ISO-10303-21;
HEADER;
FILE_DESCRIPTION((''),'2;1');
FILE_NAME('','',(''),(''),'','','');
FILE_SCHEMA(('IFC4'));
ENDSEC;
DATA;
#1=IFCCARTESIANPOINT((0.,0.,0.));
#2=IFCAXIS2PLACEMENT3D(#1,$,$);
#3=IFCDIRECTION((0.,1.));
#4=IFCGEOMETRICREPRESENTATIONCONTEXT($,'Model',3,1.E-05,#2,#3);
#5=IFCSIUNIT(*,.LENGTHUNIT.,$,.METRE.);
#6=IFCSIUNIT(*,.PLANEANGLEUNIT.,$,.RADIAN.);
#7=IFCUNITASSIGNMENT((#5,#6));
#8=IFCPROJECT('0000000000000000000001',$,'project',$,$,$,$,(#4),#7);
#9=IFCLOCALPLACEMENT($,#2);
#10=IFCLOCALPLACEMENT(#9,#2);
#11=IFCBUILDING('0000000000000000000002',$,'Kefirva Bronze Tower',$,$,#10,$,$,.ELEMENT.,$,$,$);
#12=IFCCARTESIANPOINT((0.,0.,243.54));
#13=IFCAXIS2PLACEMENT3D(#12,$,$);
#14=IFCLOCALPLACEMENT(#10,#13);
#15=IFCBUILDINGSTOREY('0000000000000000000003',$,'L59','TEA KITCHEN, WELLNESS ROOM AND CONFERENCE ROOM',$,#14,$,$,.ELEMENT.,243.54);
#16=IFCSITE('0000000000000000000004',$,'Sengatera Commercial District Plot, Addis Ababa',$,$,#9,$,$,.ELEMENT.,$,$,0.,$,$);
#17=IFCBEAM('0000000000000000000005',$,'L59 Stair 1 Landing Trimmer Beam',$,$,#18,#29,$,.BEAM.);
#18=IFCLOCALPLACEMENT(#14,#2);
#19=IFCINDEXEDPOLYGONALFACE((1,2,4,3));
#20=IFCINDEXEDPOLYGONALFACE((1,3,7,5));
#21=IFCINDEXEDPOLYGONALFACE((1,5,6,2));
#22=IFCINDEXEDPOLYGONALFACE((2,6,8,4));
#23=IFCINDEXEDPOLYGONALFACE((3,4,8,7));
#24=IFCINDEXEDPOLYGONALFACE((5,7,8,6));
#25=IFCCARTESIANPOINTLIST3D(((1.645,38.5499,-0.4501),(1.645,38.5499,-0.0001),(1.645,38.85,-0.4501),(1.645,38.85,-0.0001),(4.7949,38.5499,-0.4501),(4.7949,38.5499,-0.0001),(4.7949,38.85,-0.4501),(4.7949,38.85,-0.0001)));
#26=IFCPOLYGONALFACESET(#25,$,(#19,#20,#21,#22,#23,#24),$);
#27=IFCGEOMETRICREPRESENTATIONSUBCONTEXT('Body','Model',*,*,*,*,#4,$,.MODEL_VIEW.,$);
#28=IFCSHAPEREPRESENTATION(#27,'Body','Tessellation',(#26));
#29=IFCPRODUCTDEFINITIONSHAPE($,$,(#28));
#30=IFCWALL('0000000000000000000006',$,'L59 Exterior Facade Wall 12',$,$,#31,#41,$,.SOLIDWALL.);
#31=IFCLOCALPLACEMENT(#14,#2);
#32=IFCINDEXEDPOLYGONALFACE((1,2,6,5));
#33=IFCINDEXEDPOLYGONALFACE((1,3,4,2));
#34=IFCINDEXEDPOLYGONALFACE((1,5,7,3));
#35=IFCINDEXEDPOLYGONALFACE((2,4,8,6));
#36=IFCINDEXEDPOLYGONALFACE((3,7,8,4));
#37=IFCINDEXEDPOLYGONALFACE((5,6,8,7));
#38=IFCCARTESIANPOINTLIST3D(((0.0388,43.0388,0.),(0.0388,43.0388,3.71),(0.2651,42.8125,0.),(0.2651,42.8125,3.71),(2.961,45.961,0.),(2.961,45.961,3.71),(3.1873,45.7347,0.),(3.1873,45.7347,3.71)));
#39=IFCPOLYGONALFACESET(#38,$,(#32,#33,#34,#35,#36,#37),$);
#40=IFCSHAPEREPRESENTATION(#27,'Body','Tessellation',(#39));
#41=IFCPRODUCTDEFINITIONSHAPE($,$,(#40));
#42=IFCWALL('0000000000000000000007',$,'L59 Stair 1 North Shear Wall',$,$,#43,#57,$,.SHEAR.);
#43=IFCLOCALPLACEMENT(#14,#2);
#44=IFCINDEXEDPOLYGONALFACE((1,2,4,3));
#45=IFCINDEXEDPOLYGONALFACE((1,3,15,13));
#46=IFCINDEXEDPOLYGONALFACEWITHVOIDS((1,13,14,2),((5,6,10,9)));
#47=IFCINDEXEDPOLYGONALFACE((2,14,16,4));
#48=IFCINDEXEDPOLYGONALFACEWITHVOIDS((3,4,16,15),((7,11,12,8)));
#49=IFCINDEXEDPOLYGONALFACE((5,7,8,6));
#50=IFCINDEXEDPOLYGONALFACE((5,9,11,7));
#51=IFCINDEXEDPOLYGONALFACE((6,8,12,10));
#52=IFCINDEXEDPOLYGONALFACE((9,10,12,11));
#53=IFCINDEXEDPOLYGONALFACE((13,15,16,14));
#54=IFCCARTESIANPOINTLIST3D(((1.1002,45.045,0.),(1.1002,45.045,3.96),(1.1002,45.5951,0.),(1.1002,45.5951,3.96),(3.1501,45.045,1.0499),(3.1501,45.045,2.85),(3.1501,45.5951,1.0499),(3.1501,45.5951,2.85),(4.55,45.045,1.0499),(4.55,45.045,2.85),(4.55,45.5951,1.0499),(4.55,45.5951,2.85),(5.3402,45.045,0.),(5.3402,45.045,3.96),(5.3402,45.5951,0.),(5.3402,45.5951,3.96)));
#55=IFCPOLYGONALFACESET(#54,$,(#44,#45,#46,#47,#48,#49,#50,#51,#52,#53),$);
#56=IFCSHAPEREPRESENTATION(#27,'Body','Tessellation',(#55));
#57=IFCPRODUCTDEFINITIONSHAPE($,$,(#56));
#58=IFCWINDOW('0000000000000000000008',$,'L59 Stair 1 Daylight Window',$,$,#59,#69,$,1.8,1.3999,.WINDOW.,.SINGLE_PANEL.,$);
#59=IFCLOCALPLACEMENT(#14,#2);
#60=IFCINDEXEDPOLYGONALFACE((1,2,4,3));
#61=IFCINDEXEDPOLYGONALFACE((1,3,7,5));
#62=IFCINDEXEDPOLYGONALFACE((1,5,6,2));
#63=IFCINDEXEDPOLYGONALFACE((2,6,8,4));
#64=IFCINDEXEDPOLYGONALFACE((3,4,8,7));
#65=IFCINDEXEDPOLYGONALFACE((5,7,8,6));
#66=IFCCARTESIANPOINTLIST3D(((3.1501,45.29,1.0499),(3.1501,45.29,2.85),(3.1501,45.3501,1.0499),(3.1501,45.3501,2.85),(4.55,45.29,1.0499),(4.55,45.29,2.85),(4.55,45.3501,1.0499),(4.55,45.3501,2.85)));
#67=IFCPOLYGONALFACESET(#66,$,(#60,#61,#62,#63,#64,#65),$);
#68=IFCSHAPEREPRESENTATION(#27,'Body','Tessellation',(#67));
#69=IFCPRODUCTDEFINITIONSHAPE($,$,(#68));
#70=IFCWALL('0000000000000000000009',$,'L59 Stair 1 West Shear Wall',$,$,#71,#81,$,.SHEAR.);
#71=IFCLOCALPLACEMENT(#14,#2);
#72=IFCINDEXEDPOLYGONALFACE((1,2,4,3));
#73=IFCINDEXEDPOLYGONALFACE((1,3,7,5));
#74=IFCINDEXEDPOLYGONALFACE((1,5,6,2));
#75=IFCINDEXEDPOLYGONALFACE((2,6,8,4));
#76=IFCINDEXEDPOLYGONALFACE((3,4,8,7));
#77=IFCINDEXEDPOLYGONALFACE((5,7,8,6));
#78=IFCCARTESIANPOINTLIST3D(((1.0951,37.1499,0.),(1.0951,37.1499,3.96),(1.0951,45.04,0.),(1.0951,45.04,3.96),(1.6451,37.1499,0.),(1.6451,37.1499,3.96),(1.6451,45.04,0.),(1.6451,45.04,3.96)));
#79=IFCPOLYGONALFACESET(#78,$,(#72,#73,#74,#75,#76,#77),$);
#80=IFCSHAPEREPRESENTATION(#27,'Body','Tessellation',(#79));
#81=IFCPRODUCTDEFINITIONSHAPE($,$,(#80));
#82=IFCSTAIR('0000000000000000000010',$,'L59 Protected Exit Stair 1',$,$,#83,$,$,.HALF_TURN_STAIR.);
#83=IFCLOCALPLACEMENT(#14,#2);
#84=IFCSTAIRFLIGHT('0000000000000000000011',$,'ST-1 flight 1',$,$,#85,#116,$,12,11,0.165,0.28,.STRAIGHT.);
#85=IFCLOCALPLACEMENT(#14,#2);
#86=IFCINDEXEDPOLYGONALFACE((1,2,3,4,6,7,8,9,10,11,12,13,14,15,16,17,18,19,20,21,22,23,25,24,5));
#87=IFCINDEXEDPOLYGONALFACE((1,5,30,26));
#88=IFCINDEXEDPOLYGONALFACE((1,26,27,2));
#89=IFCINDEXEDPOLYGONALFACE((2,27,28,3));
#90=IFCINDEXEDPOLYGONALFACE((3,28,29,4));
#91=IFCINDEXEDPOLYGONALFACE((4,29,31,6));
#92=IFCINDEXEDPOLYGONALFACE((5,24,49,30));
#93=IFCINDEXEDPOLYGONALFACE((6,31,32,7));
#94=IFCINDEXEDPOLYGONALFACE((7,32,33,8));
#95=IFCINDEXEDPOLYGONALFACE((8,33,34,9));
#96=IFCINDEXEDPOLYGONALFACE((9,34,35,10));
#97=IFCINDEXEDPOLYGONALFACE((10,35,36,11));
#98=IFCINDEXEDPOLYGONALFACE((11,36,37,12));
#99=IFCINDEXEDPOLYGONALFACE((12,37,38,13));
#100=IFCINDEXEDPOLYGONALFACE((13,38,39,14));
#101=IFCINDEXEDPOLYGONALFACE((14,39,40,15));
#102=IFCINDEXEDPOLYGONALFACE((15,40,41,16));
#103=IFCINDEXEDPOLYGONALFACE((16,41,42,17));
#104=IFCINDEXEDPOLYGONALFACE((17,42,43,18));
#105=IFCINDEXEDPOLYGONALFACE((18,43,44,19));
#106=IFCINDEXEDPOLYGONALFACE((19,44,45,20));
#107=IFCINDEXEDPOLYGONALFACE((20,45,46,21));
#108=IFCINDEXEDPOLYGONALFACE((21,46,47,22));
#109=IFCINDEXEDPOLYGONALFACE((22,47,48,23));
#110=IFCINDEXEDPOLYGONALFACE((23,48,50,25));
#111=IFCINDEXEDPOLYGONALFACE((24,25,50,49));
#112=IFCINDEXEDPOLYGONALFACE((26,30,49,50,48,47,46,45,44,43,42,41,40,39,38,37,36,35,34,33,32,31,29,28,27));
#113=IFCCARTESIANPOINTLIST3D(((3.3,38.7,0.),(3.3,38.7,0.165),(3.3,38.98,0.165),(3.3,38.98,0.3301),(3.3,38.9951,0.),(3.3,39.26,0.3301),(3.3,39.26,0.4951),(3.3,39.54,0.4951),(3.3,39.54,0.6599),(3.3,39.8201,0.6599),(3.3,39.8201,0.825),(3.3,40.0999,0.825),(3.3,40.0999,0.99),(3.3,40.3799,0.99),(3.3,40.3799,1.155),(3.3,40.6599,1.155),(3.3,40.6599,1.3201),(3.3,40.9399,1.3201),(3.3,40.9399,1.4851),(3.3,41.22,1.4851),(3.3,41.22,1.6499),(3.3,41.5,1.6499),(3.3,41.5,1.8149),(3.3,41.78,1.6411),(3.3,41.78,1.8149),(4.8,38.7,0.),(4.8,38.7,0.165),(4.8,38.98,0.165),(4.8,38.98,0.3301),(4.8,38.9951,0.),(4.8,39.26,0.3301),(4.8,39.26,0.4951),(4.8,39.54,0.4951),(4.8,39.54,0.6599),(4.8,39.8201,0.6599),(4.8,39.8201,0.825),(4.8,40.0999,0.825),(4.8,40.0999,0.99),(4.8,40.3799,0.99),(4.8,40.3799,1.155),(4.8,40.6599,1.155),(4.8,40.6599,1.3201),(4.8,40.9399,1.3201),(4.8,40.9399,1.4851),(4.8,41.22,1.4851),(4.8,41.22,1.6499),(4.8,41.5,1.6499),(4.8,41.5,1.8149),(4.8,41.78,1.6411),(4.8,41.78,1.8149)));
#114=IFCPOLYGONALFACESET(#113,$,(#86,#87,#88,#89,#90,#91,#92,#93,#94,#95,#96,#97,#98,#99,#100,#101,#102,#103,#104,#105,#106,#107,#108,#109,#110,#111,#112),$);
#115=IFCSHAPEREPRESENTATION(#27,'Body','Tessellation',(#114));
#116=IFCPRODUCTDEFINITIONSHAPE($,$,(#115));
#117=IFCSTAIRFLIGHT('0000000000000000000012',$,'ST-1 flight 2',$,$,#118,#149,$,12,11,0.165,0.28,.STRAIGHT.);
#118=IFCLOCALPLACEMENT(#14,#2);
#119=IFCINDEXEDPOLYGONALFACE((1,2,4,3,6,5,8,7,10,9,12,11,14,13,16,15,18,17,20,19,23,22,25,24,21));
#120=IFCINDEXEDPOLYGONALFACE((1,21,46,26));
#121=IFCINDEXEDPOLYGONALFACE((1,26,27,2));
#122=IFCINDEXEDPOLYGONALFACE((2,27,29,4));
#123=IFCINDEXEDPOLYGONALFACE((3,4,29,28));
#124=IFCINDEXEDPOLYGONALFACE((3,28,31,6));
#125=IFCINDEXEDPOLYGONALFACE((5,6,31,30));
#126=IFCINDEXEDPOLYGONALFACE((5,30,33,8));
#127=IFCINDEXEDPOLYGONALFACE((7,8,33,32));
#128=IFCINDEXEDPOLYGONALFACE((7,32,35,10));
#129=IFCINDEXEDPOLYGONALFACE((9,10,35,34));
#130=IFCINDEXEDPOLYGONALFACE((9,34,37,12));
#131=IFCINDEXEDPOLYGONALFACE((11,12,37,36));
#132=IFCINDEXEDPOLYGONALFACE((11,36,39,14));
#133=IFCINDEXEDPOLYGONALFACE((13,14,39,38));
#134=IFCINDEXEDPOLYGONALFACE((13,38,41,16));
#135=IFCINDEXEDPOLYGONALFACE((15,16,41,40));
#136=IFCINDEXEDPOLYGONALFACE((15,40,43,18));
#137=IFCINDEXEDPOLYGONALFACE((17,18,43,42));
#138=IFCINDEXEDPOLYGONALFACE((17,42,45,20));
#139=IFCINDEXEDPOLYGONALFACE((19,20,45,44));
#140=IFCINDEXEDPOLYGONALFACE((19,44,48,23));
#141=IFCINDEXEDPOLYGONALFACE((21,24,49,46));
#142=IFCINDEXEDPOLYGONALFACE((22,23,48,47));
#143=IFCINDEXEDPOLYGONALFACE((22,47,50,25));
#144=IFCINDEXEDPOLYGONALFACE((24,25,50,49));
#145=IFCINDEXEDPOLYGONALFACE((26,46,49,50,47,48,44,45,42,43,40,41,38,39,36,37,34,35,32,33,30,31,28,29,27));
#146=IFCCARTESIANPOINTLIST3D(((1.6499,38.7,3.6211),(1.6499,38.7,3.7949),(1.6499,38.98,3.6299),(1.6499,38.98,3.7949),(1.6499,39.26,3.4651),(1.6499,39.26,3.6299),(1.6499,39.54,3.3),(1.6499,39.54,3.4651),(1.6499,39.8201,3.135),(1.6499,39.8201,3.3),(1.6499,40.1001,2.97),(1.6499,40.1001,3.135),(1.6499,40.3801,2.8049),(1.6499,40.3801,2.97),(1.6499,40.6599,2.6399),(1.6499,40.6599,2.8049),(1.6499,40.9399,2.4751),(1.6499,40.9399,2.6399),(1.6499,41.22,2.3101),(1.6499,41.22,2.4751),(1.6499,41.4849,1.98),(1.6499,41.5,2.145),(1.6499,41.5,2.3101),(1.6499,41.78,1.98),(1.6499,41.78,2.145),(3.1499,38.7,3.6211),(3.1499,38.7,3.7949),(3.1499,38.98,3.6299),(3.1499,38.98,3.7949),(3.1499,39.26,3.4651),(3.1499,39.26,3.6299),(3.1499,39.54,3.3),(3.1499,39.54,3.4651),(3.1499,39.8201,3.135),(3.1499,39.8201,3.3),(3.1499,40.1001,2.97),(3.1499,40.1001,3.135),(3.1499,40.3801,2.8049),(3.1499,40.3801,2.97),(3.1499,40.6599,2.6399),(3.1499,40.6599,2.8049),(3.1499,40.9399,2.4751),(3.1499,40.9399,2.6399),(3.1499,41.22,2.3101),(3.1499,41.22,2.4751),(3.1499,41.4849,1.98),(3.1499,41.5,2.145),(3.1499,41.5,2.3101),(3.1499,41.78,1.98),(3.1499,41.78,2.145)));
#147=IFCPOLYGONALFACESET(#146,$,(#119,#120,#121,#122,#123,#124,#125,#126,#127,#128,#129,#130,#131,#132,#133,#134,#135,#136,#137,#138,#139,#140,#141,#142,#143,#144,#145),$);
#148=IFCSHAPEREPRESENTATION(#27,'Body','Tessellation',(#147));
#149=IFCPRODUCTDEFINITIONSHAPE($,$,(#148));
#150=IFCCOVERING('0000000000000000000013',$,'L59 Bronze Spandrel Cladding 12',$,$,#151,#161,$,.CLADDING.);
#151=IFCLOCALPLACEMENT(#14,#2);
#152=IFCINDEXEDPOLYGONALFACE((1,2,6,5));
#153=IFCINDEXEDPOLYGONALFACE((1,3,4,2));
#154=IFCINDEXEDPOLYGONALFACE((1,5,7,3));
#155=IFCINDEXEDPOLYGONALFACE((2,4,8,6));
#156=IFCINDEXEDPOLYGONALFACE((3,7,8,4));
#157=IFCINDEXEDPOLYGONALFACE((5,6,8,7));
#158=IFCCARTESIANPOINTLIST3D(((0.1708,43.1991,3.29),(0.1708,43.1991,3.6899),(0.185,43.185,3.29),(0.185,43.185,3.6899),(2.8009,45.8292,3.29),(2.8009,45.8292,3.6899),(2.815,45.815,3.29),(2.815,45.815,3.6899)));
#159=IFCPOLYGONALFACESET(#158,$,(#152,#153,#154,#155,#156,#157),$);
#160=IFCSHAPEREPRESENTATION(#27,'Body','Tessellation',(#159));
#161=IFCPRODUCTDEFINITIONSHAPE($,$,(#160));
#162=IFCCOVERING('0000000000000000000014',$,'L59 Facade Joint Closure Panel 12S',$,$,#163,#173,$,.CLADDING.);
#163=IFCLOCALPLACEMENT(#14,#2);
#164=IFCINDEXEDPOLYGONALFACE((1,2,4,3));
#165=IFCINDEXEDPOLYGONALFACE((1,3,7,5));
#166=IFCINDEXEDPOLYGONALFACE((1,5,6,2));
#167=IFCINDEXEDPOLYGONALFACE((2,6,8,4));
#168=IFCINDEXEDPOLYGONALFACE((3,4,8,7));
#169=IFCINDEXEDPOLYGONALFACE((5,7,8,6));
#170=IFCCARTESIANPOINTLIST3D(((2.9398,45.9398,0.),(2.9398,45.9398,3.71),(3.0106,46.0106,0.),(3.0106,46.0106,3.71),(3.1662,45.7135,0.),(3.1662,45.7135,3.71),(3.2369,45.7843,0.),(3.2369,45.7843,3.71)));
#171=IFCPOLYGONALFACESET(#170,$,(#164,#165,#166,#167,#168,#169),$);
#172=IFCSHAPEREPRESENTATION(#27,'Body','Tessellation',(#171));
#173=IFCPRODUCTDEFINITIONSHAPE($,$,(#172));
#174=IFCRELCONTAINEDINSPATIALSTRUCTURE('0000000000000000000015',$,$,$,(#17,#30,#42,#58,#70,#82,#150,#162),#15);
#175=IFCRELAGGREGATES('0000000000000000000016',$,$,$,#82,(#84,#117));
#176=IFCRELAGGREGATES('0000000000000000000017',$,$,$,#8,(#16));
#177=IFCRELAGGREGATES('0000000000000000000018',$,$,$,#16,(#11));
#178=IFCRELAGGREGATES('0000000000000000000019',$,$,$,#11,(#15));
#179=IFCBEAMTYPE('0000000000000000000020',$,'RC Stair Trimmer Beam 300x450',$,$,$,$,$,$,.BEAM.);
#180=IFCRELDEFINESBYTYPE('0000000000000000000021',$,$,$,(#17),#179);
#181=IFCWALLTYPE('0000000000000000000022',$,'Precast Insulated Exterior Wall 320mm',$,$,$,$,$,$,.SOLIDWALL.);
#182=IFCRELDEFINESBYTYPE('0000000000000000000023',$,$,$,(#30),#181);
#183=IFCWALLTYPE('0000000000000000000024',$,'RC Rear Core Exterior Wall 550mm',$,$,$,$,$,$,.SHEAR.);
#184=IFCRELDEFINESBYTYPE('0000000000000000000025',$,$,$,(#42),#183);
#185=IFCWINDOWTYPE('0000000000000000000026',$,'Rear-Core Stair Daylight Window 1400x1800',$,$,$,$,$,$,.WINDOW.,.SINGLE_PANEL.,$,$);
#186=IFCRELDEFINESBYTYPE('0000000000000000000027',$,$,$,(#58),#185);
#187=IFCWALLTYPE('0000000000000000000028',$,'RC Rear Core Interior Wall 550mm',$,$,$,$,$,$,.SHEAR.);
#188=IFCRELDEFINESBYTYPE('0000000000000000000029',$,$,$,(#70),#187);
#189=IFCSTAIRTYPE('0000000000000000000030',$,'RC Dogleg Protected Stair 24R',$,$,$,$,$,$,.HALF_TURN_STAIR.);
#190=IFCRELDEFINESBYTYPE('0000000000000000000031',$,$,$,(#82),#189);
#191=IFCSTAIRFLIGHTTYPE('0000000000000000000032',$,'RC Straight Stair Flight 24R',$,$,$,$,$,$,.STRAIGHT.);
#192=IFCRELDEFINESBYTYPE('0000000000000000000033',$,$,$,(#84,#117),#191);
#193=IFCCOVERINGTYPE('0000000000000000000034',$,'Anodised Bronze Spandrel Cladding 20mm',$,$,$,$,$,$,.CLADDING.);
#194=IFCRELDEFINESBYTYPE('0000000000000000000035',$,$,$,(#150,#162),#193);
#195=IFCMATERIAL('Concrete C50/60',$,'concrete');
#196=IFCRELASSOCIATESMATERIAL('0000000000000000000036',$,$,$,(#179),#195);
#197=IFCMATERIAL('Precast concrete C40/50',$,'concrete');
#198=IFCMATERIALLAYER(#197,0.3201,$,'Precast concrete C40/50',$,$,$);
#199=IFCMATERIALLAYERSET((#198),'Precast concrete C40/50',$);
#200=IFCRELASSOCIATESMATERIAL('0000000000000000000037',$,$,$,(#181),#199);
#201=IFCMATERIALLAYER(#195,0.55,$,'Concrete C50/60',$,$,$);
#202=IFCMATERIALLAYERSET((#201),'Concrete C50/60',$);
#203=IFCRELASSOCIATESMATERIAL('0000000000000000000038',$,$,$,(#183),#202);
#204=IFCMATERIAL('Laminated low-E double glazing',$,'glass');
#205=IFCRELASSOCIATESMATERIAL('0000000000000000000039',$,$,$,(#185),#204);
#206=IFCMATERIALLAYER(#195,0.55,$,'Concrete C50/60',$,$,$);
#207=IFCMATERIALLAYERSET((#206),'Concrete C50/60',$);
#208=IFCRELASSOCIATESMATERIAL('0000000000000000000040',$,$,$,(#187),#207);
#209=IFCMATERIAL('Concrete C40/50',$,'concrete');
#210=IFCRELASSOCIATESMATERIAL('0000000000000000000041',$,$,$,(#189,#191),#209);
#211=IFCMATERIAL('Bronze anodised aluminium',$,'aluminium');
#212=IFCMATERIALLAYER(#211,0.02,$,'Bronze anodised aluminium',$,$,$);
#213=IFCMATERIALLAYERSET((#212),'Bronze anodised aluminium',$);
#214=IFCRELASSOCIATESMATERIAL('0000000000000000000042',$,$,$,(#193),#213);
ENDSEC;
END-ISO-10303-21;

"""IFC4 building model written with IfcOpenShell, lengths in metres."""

from ifc_helpers import new_model, si_unit, direction, frame, frame_2d, origin, origin_2d, place, context, subcontext, project, spatial, polyline, rectangle, outline, extrude, material, layer, layer_set, material_profile, profile_set, type_object, element, fill, aggregate, save


model = new_model("IFC4")

# Units and contexts
model_context = context("Model", 3, precision=1e-05, world=origin(), true_north=direction((0.0, 1.0)))
body_context = subcontext(model_context, "Body", "Model", "MODEL_VIEW")
ifc_project = project(units=[si_unit("LENGTHUNIT", "METRE"), si_unit("PLANEANGLEUNIT", "RADIAN")], contexts=[model_context])

# Site, building, storey
site_placement = place(None, origin())
site = spatial("IfcSite", under=ifc_project, at=site_placement, Name="Sengatera Commercial District Plot, Addis Ababa", CompositionType="ELEMENT", RefElevation=0.0)
building_placement = place(site_placement, origin())
building = spatial("IfcBuilding", under=site, at=building_placement, Name="Kefirva Bronze Tower", CompositionType="ELEMENT")
storey_placement = place(building_placement, frame((0.0, 0.0, 243.54)))
storey = spatial("IfcBuildingStorey", under=building, at=storey_placement, Name="L59", Description="TEA KITCHEN, WELLNESS ROOM AND CONFERENCE ROOM", CompositionType="ELEMENT", Elevation=243.54)

# Beam
ifc_material_1 = material(Name="Concrete C50/60", Category="concrete")
ifc_material_profile = material_profile(ifc_material_1, rectangle(XDim=0.3, YDim=0.45, at=origin_2d()), Name="RC 300x450")
ifc_profile_set = profile_set([ifc_material_profile], Name="Concrete C50/60")
beam_type = type_object("IfcBeamType", Name="RC Stair Trimmer Beam 300x450", PredefinedType="BEAM", material=ifc_profile_set)
beam_placement = place(storey_placement, frame((1.645, 38.7, -0.2251), z_axis=(1.0, 0.0, 0.0), x_axis=(0.0, 1.0, 0.0)))
element("IfcBeam", 1, at=beam_placement, inside=storey, type_object=beam_type, Name="L59 Stair 1 Landing Trimmer Beam", PredefinedType="BEAM", context=body_context, shape_type="SweptSolid", body=[
    extrude(rectangle(XDim=0.3, YDim=0.45, at=origin_2d()), origin(), (0.0, 0.0, 1.0), 3.1499),
])

# Wall
ifc_material_2 = material(Name="Precast concrete C40/50", Category="concrete")
ifc_layer_1 = layer(ifc_material_2, 0.3201, Name="Precast concrete C40/50")
ifc_layer_set_1 = layer_set([ifc_layer_1], Name="Precast concrete C40/50")
wall_type_1 = type_object("IfcWallType", Name="Precast Insulated Exterior Wall 320mm", PredefinedType="SOLIDWALL", material=ifc_layer_set_1)
wall_1_placement = place(storey_placement, frame((3.0742, 45.8479, 0.0), z_axis=(0.0, 0.0, 1.0), x_axis=(-0.707107, -0.707107, 0.0)))
element("IfcWall", 2, at=wall_1_placement, inside=storey, type_object=wall_type_1, Name="L59 Exterior Facade Wall 12", PredefinedType="SOLIDWALL", context=body_context, shape_type="SweptSolid", body=[
    extrude(rectangle(XDim=4.1326, YDim=0.3201, at=frame_2d((2.0664, 0.0))), origin(), (0.0, 0.0, 1.0), 3.71),
])

# Wall, opening, window
ifc_layer_2 = layer(ifc_material_1, 0.55, Name="Concrete C50/60")
ifc_layer_set_2 = layer_set([ifc_layer_2], Name="Concrete C50/60")
wall_type_2 = type_object("IfcWallType", Name="RC Rear Core Exterior Wall 550mm", PredefinedType="SHEAR", material=ifc_layer_set_2)
wall_2_placement = place(storey_placement, frame((1.1001, 45.3201, 0.0), z_axis=(0.0, 0.0, 1.0), x_axis=(1.0, 0.0, 0.0)))
wall_2 = element("IfcWall", 3, at=wall_2_placement, inside=storey, type_object=wall_type_2, Name="L59 Stair 1 North Shear Wall", PredefinedType="SHEAR", context=body_context, shape_type="SweptSolid", body=[
    extrude(rectangle(XDim=4.24, YDim=0.55, at=frame_2d((2.1201, 0.0))), origin(), (0.0, 0.0, 1.0), 3.96),
])
opening_1_placement = place(wall_2_placement, frame((2.05, 0.0, 1.05)))
opening_1 = element("IfcOpeningElement", 4, at=opening_1_placement, cuts=wall_2, PredefinedType="OPENING", context=body_context, shape_type="SweptSolid", body=[
    extrude(rectangle(XDim=1.3999, YDim=1.8, at=frame_2d((0.7, 0.8999))), frame((0.0, 0.2852, 0.0), z_axis=(0.0, -1.0, 0.0), x_axis=(1.0, 0.0, 0.0)), (0.0, 0.0, 1.0), 0.5701),
])
ifc_material_3 = material(Name="Laminated low-E double glazing", Category="glass")
window_type = type_object("IfcWindowType", Name="Rear-Core Stair Daylight Window 1400x1800", PartitioningType="SINGLE_PANEL", PredefinedType="WINDOW", material=ifc_material_3)
window_placement = place(opening_1_placement, origin())
window = element("IfcWindow", 5, at=window_placement, inside=storey, type_object=window_type, Name="L59 Stair 1 Daylight Window", OverallHeight=1.8, OverallWidth=1.3999, PartitioningType="SINGLE_PANEL", PredefinedType="WINDOW", context=body_context, shape_type="SweptSolid", body=[
    extrude(rectangle(XDim=1.3999, YDim=1.8, at=frame_2d((0.7, 0.8999))), frame((0.0, 0.03, 0.0), z_axis=(0.0, -1.0, 0.0), x_axis=(1.0, 0.0, 0.0)), (0.0, 0.0, 1.0), 0.0601),
])
fill(opening_1, window)

# Wall
ifc_layer_3 = layer(ifc_material_1, 0.55, Name="Concrete C50/60")
ifc_layer_set_3 = layer_set([ifc_layer_3], Name="Concrete C50/60")
wall_type_3 = type_object("IfcWallType", Name="RC Rear Core Interior Wall 550mm", PredefinedType="SHEAR", material=ifc_layer_set_3)
wall_3_placement = place(storey_placement, frame((1.3701, 37.1499, 0.0), z_axis=(0.0, 0.0, 1.0), x_axis=(0.0, 1.0, 0.0)))
element("IfcWall", 6, at=wall_3_placement, inside=storey, type_object=wall_type_3, Name="L59 Stair 1 West Shear Wall", PredefinedType="SHEAR", context=body_context, shape_type="SweptSolid", body=[
    extrude(rectangle(XDim=7.8901, YDim=0.55, at=frame_2d((3.9451, 0.0))), origin(), (0.0, 0.0, 1.0), 3.96),
])

# Stair, stair flights
ifc_material_4 = material(Name="Concrete C40/50", Category="concrete")
stair_type = type_object("IfcStairType", Name="RC Dogleg Protected Stair 24R", PredefinedType="HALF_TURN_STAIR", material=ifc_material_4)
stair_placement = place(storey_placement, origin())
stair = element("IfcStair", 7, at=stair_placement, inside=storey, type_object=stair_type, Name="L59 Protected Exit Stair 1", PredefinedType="HALF_TURN_STAIR")
stair_flight_type = type_object("IfcStairFlightType", Name="RC Straight Stair Flight 24R", PredefinedType="STRAIGHT", material=ifc_material_4)
stair_flight_1_placement = place(storey_placement, frame((4.05, 38.7, 0.0), z_axis=(0.0, 0.0, 1.0), x_axis=(0.0, 1.0, 0.0)))
stair_flight_1 = element("IfcStairFlight", 8, at=stair_flight_1_placement, type_object=stair_flight_type, Name="ST-1 flight 1", NumberOfRisers=12, NumberOfTreads=11, PredefinedType="STRAIGHT", RiserHeight=0.165, TreadLength=0.28, context=body_context, shape_type="SweptSolid", body=[
    extrude(outline(polyline([(0.0, 0.0), (0.0, 0.165), (0.28, 0.165), (0.28, 0.3301), (0.5601, 0.3301), (0.5601, 0.4951), (0.8401, 0.4951), (0.8401, 0.6599), (1.1201, 0.6599), (1.1201, 0.825), (1.3999, 0.825), (1.3999, 0.99), (1.6799, 0.99), (1.6799, 1.155), (1.96, 1.155), (1.96, 1.3201), (2.24, 1.3201), (2.24, 1.4851), (2.52, 1.4851), (2.52, 1.6499), (2.8, 1.6499), (2.8, 1.8149), (3.0801, 1.8149), (3.0801, 1.98), (3.0801, 1.6411), (0.2952, 0.0), (0.0, 0.0)])), frame((0.0, 0.75, 0.0), z_axis=(0.0, -1.0, 0.0), x_axis=(1.0, 0.0, 0.0)), (0.0, 0.0, 1.0), 1.5),
])
stair_flight_2_placement = place(storey_placement, frame((2.3999, 41.78, 1.98), z_axis=(0.0, 0.0, 1.0), x_axis=(0.0, -1.0, 0.0)))
stair_flight_2 = element("IfcStairFlight", 9, at=stair_flight_2_placement, type_object=stair_flight_type, Name="ST-1 flight 2", NumberOfRisers=12, NumberOfTreads=11, PredefinedType="STRAIGHT", RiserHeight=0.165, TreadLength=0.28, context=body_context, shape_type="SweptSolid", body=[
    extrude(outline(polyline([(0.0, 0.0), (0.0, 0.165), (0.28, 0.165), (0.28, 0.3301), (0.5601, 0.3301), (0.5601, 0.4951), (0.8401, 0.4951), (0.8401, 0.6599), (1.1201, 0.6599), (1.1201, 0.825), (1.3999, 0.825), (1.3999, 0.99), (1.6799, 0.99), (1.6799, 1.155), (1.96, 1.155), (1.96, 1.3201), (2.24, 1.3201), (2.24, 1.4851), (2.52, 1.4851), (2.52, 1.6499), (2.8, 1.6499), (2.8, 1.8149), (3.0801, 1.8149), (3.0801, 1.98), (3.0801, 1.6411), (0.2952, 0.0), (0.0, 0.0)])), frame((0.0, 0.75, 0.0), z_axis=(0.0, -1.0, 0.0), x_axis=(1.0, 0.0, 0.0)), (0.0, 0.0, 1.0), 1.5),
])
aggregate(stair, [stair_flight_1, stair_flight_2])

# Coverings
ifc_material_5 = material(Name="Bronze anodised aluminium", Category="aluminium")
ifc_layer_4 = layer(ifc_material_5, 0.02, Name="Bronze anodised aluminium")
ifc_layer_set_4 = layer_set([ifc_layer_4], Name="Bronze anodised aluminium")
covering_type_1 = type_object("IfcCoveringType", Name="Anodised Bronze Spandrel Cladding 20mm", PredefinedType="CLADDING", material=ifc_layer_set_4)
covering_1_placement = place(storey_placement, frame((1.4929, 44.5071, 3.29), z_axis=(0.0, 0.0, 1.0), x_axis=(-0.707107, -0.707107, 0.0)))
element("IfcCovering", 10, at=covering_1_placement, inside=storey, type_object=covering_type_1, Name="L59 Bronze Spandrel Cladding 12", PredefinedType="CLADDING", context=body_context, shape_type="SweptSolid", body=[
    extrude(rectangle(XDim=3.7195, YDim=0.02, at=origin_2d()), origin(), (0.0, 0.0, 1.0), 0.3999),
])
for number, where, z_axis, x_axis, name in (
    (11, (3.0884, 45.8621, 0.0), (0.0, 0.0, 1.0), (-0.707107, -0.707107, 0.0), "L59 Facade Joint Closure Panel 12S"),
):
    element("IfcCovering", number, at=place(storey_placement, frame(where, z_axis=z_axis, x_axis=x_axis)), inside=storey, type_object=covering_type_1, Name=name, PredefinedType="CLADDING", context=body_context, shape_type="SweptSolid", body=[
        extrude(rectangle(XDim=0.1001, YDim=0.3201, at=origin_2d()), origin(), (0.0, 0.0, 1.0), 3.71),
    ])

save(model, "model.ifc")
